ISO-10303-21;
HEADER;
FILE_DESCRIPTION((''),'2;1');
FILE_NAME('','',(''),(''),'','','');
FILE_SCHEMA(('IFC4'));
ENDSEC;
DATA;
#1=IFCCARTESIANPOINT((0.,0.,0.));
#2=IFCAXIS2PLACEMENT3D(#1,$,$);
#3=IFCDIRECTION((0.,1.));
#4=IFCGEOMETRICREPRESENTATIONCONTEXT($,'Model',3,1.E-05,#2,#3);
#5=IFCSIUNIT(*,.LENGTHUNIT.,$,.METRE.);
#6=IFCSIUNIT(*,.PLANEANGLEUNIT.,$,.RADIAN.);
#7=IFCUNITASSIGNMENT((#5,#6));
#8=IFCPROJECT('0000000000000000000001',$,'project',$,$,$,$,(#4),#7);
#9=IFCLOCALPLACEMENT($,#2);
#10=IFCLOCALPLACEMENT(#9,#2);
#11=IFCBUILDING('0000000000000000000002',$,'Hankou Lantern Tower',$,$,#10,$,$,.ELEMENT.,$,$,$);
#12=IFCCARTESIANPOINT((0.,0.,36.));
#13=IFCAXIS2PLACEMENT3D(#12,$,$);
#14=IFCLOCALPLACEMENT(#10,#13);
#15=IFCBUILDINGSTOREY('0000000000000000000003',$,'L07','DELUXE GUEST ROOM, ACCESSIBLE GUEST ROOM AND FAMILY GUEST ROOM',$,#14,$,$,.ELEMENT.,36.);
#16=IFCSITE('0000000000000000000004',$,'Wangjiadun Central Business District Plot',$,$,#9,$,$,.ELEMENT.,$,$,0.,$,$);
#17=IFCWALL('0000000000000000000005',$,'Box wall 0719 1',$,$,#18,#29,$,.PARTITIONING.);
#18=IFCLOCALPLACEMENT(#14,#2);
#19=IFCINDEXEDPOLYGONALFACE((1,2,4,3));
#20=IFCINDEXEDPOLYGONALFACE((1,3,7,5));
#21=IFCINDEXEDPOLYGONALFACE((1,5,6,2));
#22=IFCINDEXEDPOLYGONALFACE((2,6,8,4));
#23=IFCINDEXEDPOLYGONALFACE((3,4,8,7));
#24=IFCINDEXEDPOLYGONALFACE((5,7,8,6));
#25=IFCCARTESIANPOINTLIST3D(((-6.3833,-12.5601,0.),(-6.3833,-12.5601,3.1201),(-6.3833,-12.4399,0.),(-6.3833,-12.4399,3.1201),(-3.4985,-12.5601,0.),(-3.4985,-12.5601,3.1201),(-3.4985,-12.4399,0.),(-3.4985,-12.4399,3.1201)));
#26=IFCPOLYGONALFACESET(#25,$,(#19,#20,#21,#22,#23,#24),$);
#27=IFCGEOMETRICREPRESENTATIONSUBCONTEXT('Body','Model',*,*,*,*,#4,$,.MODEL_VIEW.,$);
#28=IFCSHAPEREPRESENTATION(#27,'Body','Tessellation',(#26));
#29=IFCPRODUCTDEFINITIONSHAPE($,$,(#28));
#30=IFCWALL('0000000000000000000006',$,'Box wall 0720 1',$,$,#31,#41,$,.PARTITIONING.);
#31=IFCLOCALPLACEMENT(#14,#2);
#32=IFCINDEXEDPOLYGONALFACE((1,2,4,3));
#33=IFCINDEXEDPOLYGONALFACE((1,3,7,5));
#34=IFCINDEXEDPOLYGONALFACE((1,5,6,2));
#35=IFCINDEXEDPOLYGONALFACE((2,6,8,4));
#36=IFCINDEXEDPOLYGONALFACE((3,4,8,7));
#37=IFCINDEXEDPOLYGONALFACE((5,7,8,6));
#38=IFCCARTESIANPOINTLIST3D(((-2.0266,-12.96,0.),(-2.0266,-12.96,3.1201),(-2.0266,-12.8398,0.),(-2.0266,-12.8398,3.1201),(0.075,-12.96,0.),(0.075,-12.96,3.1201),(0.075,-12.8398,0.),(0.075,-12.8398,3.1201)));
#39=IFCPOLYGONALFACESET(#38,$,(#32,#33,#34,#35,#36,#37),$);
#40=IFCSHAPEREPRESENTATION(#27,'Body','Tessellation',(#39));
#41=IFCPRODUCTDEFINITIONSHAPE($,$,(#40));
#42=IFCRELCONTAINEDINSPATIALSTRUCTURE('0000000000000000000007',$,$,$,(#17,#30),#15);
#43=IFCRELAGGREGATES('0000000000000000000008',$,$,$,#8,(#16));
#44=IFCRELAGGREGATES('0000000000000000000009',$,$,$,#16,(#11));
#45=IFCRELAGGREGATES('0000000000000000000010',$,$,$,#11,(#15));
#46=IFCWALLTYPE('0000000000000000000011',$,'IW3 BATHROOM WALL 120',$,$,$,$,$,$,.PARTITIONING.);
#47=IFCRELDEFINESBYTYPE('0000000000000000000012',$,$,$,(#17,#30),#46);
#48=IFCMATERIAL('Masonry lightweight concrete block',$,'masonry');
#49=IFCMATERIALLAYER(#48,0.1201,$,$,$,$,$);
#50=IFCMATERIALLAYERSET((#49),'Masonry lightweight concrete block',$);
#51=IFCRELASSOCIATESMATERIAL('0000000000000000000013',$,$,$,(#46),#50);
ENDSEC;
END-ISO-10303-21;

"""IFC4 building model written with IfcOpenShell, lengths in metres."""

from ifc_helpers import new_model, si_unit, direction, frame, frame_2d, origin, place, context, subcontext, project, spatial, rectangle, extrude, material, layer, layer_set, type_object, element, save


model = new_model("IFC4")

# Units and contexts
model_context = context("Model", 3, precision=1e-05, world=origin(), true_north=direction((0.0, 1.0)))
body_context = subcontext(model_context, "Body", "Model", "MODEL_VIEW")
ifc_project = project(units=[si_unit("LENGTHUNIT", "METRE"), si_unit("PLANEANGLEUNIT", "RADIAN")], contexts=[model_context])

# Site, building, storey
site_placement = place(None, origin())
site = spatial("IfcSite", under=ifc_project, at=site_placement, Name="Wangjiadun Central Business District Plot", CompositionType="ELEMENT", RefElevation=0.0)
building_placement = place(site_placement, origin())
building = spatial("IfcBuilding", under=site, at=building_placement, Name="Hankou Lantern Tower", CompositionType="ELEMENT")
storey_placement = place(building_placement, frame((0.0, 0.0, 36.0)))
storey = spatial("IfcBuildingStorey", under=building, at=storey_placement, Name="L07", Description="DELUXE GUEST ROOM, ACCESSIBLE GUEST ROOM AND FAMILY GUEST ROOM", CompositionType="ELEMENT", Elevation=36.0)

# Walls
ifc_material_1 = material(Name="Masonry lightweight concrete block", Category="masonry")
ifc_layer_1 = layer(ifc_material_1, 0.1201)
ifc_layer_set_1 = layer_set([ifc_layer_1], Name="Masonry lightweight concrete block")
wall_type_1 = type_object("IfcWallType", Name="IW3 BATHROOM WALL 120", PredefinedType="PARTITIONING", material=ifc_layer_set_1)
wall_1_placement = place(storey_placement, frame((-6.3833, -12.5, 0.0), z_axis=(0.0, 0.0, 1.0), x_axis=(1.0, 0.0, 0.0)))
element("IfcWall", 1, at=wall_1_placement, inside=storey, type_object=wall_type_1, Name="Box wall 0719 1", PredefinedType="PARTITIONING", context=body_context, shape_type="SweptSolid", body=[
    extrude(rectangle(XDim=2.8848, YDim=0.1201, at=frame_2d((1.4424, 0.0))), origin(), (0.0, 0.0, 1.0), 3.1201),
])
wall_2_placement = place(storey_placement, frame((-2.0266, -12.8999, 0.0), z_axis=(0.0, 0.0, 1.0), x_axis=(1.0, 0.0, 0.0)))
element("IfcWall", 2, at=wall_2_placement, inside=storey, type_object=wall_type_1, Name="Box wall 0720 1", PredefinedType="PARTITIONING", context=body_context, shape_type="SweptSolid", body=[
    extrude(rectangle(XDim=2.1016, YDim=0.1201, at=frame_2d((1.0508, 0.0))), origin(), (0.0, 0.0, 1.0), 3.1201),
])

save(model, "model.ifc")
